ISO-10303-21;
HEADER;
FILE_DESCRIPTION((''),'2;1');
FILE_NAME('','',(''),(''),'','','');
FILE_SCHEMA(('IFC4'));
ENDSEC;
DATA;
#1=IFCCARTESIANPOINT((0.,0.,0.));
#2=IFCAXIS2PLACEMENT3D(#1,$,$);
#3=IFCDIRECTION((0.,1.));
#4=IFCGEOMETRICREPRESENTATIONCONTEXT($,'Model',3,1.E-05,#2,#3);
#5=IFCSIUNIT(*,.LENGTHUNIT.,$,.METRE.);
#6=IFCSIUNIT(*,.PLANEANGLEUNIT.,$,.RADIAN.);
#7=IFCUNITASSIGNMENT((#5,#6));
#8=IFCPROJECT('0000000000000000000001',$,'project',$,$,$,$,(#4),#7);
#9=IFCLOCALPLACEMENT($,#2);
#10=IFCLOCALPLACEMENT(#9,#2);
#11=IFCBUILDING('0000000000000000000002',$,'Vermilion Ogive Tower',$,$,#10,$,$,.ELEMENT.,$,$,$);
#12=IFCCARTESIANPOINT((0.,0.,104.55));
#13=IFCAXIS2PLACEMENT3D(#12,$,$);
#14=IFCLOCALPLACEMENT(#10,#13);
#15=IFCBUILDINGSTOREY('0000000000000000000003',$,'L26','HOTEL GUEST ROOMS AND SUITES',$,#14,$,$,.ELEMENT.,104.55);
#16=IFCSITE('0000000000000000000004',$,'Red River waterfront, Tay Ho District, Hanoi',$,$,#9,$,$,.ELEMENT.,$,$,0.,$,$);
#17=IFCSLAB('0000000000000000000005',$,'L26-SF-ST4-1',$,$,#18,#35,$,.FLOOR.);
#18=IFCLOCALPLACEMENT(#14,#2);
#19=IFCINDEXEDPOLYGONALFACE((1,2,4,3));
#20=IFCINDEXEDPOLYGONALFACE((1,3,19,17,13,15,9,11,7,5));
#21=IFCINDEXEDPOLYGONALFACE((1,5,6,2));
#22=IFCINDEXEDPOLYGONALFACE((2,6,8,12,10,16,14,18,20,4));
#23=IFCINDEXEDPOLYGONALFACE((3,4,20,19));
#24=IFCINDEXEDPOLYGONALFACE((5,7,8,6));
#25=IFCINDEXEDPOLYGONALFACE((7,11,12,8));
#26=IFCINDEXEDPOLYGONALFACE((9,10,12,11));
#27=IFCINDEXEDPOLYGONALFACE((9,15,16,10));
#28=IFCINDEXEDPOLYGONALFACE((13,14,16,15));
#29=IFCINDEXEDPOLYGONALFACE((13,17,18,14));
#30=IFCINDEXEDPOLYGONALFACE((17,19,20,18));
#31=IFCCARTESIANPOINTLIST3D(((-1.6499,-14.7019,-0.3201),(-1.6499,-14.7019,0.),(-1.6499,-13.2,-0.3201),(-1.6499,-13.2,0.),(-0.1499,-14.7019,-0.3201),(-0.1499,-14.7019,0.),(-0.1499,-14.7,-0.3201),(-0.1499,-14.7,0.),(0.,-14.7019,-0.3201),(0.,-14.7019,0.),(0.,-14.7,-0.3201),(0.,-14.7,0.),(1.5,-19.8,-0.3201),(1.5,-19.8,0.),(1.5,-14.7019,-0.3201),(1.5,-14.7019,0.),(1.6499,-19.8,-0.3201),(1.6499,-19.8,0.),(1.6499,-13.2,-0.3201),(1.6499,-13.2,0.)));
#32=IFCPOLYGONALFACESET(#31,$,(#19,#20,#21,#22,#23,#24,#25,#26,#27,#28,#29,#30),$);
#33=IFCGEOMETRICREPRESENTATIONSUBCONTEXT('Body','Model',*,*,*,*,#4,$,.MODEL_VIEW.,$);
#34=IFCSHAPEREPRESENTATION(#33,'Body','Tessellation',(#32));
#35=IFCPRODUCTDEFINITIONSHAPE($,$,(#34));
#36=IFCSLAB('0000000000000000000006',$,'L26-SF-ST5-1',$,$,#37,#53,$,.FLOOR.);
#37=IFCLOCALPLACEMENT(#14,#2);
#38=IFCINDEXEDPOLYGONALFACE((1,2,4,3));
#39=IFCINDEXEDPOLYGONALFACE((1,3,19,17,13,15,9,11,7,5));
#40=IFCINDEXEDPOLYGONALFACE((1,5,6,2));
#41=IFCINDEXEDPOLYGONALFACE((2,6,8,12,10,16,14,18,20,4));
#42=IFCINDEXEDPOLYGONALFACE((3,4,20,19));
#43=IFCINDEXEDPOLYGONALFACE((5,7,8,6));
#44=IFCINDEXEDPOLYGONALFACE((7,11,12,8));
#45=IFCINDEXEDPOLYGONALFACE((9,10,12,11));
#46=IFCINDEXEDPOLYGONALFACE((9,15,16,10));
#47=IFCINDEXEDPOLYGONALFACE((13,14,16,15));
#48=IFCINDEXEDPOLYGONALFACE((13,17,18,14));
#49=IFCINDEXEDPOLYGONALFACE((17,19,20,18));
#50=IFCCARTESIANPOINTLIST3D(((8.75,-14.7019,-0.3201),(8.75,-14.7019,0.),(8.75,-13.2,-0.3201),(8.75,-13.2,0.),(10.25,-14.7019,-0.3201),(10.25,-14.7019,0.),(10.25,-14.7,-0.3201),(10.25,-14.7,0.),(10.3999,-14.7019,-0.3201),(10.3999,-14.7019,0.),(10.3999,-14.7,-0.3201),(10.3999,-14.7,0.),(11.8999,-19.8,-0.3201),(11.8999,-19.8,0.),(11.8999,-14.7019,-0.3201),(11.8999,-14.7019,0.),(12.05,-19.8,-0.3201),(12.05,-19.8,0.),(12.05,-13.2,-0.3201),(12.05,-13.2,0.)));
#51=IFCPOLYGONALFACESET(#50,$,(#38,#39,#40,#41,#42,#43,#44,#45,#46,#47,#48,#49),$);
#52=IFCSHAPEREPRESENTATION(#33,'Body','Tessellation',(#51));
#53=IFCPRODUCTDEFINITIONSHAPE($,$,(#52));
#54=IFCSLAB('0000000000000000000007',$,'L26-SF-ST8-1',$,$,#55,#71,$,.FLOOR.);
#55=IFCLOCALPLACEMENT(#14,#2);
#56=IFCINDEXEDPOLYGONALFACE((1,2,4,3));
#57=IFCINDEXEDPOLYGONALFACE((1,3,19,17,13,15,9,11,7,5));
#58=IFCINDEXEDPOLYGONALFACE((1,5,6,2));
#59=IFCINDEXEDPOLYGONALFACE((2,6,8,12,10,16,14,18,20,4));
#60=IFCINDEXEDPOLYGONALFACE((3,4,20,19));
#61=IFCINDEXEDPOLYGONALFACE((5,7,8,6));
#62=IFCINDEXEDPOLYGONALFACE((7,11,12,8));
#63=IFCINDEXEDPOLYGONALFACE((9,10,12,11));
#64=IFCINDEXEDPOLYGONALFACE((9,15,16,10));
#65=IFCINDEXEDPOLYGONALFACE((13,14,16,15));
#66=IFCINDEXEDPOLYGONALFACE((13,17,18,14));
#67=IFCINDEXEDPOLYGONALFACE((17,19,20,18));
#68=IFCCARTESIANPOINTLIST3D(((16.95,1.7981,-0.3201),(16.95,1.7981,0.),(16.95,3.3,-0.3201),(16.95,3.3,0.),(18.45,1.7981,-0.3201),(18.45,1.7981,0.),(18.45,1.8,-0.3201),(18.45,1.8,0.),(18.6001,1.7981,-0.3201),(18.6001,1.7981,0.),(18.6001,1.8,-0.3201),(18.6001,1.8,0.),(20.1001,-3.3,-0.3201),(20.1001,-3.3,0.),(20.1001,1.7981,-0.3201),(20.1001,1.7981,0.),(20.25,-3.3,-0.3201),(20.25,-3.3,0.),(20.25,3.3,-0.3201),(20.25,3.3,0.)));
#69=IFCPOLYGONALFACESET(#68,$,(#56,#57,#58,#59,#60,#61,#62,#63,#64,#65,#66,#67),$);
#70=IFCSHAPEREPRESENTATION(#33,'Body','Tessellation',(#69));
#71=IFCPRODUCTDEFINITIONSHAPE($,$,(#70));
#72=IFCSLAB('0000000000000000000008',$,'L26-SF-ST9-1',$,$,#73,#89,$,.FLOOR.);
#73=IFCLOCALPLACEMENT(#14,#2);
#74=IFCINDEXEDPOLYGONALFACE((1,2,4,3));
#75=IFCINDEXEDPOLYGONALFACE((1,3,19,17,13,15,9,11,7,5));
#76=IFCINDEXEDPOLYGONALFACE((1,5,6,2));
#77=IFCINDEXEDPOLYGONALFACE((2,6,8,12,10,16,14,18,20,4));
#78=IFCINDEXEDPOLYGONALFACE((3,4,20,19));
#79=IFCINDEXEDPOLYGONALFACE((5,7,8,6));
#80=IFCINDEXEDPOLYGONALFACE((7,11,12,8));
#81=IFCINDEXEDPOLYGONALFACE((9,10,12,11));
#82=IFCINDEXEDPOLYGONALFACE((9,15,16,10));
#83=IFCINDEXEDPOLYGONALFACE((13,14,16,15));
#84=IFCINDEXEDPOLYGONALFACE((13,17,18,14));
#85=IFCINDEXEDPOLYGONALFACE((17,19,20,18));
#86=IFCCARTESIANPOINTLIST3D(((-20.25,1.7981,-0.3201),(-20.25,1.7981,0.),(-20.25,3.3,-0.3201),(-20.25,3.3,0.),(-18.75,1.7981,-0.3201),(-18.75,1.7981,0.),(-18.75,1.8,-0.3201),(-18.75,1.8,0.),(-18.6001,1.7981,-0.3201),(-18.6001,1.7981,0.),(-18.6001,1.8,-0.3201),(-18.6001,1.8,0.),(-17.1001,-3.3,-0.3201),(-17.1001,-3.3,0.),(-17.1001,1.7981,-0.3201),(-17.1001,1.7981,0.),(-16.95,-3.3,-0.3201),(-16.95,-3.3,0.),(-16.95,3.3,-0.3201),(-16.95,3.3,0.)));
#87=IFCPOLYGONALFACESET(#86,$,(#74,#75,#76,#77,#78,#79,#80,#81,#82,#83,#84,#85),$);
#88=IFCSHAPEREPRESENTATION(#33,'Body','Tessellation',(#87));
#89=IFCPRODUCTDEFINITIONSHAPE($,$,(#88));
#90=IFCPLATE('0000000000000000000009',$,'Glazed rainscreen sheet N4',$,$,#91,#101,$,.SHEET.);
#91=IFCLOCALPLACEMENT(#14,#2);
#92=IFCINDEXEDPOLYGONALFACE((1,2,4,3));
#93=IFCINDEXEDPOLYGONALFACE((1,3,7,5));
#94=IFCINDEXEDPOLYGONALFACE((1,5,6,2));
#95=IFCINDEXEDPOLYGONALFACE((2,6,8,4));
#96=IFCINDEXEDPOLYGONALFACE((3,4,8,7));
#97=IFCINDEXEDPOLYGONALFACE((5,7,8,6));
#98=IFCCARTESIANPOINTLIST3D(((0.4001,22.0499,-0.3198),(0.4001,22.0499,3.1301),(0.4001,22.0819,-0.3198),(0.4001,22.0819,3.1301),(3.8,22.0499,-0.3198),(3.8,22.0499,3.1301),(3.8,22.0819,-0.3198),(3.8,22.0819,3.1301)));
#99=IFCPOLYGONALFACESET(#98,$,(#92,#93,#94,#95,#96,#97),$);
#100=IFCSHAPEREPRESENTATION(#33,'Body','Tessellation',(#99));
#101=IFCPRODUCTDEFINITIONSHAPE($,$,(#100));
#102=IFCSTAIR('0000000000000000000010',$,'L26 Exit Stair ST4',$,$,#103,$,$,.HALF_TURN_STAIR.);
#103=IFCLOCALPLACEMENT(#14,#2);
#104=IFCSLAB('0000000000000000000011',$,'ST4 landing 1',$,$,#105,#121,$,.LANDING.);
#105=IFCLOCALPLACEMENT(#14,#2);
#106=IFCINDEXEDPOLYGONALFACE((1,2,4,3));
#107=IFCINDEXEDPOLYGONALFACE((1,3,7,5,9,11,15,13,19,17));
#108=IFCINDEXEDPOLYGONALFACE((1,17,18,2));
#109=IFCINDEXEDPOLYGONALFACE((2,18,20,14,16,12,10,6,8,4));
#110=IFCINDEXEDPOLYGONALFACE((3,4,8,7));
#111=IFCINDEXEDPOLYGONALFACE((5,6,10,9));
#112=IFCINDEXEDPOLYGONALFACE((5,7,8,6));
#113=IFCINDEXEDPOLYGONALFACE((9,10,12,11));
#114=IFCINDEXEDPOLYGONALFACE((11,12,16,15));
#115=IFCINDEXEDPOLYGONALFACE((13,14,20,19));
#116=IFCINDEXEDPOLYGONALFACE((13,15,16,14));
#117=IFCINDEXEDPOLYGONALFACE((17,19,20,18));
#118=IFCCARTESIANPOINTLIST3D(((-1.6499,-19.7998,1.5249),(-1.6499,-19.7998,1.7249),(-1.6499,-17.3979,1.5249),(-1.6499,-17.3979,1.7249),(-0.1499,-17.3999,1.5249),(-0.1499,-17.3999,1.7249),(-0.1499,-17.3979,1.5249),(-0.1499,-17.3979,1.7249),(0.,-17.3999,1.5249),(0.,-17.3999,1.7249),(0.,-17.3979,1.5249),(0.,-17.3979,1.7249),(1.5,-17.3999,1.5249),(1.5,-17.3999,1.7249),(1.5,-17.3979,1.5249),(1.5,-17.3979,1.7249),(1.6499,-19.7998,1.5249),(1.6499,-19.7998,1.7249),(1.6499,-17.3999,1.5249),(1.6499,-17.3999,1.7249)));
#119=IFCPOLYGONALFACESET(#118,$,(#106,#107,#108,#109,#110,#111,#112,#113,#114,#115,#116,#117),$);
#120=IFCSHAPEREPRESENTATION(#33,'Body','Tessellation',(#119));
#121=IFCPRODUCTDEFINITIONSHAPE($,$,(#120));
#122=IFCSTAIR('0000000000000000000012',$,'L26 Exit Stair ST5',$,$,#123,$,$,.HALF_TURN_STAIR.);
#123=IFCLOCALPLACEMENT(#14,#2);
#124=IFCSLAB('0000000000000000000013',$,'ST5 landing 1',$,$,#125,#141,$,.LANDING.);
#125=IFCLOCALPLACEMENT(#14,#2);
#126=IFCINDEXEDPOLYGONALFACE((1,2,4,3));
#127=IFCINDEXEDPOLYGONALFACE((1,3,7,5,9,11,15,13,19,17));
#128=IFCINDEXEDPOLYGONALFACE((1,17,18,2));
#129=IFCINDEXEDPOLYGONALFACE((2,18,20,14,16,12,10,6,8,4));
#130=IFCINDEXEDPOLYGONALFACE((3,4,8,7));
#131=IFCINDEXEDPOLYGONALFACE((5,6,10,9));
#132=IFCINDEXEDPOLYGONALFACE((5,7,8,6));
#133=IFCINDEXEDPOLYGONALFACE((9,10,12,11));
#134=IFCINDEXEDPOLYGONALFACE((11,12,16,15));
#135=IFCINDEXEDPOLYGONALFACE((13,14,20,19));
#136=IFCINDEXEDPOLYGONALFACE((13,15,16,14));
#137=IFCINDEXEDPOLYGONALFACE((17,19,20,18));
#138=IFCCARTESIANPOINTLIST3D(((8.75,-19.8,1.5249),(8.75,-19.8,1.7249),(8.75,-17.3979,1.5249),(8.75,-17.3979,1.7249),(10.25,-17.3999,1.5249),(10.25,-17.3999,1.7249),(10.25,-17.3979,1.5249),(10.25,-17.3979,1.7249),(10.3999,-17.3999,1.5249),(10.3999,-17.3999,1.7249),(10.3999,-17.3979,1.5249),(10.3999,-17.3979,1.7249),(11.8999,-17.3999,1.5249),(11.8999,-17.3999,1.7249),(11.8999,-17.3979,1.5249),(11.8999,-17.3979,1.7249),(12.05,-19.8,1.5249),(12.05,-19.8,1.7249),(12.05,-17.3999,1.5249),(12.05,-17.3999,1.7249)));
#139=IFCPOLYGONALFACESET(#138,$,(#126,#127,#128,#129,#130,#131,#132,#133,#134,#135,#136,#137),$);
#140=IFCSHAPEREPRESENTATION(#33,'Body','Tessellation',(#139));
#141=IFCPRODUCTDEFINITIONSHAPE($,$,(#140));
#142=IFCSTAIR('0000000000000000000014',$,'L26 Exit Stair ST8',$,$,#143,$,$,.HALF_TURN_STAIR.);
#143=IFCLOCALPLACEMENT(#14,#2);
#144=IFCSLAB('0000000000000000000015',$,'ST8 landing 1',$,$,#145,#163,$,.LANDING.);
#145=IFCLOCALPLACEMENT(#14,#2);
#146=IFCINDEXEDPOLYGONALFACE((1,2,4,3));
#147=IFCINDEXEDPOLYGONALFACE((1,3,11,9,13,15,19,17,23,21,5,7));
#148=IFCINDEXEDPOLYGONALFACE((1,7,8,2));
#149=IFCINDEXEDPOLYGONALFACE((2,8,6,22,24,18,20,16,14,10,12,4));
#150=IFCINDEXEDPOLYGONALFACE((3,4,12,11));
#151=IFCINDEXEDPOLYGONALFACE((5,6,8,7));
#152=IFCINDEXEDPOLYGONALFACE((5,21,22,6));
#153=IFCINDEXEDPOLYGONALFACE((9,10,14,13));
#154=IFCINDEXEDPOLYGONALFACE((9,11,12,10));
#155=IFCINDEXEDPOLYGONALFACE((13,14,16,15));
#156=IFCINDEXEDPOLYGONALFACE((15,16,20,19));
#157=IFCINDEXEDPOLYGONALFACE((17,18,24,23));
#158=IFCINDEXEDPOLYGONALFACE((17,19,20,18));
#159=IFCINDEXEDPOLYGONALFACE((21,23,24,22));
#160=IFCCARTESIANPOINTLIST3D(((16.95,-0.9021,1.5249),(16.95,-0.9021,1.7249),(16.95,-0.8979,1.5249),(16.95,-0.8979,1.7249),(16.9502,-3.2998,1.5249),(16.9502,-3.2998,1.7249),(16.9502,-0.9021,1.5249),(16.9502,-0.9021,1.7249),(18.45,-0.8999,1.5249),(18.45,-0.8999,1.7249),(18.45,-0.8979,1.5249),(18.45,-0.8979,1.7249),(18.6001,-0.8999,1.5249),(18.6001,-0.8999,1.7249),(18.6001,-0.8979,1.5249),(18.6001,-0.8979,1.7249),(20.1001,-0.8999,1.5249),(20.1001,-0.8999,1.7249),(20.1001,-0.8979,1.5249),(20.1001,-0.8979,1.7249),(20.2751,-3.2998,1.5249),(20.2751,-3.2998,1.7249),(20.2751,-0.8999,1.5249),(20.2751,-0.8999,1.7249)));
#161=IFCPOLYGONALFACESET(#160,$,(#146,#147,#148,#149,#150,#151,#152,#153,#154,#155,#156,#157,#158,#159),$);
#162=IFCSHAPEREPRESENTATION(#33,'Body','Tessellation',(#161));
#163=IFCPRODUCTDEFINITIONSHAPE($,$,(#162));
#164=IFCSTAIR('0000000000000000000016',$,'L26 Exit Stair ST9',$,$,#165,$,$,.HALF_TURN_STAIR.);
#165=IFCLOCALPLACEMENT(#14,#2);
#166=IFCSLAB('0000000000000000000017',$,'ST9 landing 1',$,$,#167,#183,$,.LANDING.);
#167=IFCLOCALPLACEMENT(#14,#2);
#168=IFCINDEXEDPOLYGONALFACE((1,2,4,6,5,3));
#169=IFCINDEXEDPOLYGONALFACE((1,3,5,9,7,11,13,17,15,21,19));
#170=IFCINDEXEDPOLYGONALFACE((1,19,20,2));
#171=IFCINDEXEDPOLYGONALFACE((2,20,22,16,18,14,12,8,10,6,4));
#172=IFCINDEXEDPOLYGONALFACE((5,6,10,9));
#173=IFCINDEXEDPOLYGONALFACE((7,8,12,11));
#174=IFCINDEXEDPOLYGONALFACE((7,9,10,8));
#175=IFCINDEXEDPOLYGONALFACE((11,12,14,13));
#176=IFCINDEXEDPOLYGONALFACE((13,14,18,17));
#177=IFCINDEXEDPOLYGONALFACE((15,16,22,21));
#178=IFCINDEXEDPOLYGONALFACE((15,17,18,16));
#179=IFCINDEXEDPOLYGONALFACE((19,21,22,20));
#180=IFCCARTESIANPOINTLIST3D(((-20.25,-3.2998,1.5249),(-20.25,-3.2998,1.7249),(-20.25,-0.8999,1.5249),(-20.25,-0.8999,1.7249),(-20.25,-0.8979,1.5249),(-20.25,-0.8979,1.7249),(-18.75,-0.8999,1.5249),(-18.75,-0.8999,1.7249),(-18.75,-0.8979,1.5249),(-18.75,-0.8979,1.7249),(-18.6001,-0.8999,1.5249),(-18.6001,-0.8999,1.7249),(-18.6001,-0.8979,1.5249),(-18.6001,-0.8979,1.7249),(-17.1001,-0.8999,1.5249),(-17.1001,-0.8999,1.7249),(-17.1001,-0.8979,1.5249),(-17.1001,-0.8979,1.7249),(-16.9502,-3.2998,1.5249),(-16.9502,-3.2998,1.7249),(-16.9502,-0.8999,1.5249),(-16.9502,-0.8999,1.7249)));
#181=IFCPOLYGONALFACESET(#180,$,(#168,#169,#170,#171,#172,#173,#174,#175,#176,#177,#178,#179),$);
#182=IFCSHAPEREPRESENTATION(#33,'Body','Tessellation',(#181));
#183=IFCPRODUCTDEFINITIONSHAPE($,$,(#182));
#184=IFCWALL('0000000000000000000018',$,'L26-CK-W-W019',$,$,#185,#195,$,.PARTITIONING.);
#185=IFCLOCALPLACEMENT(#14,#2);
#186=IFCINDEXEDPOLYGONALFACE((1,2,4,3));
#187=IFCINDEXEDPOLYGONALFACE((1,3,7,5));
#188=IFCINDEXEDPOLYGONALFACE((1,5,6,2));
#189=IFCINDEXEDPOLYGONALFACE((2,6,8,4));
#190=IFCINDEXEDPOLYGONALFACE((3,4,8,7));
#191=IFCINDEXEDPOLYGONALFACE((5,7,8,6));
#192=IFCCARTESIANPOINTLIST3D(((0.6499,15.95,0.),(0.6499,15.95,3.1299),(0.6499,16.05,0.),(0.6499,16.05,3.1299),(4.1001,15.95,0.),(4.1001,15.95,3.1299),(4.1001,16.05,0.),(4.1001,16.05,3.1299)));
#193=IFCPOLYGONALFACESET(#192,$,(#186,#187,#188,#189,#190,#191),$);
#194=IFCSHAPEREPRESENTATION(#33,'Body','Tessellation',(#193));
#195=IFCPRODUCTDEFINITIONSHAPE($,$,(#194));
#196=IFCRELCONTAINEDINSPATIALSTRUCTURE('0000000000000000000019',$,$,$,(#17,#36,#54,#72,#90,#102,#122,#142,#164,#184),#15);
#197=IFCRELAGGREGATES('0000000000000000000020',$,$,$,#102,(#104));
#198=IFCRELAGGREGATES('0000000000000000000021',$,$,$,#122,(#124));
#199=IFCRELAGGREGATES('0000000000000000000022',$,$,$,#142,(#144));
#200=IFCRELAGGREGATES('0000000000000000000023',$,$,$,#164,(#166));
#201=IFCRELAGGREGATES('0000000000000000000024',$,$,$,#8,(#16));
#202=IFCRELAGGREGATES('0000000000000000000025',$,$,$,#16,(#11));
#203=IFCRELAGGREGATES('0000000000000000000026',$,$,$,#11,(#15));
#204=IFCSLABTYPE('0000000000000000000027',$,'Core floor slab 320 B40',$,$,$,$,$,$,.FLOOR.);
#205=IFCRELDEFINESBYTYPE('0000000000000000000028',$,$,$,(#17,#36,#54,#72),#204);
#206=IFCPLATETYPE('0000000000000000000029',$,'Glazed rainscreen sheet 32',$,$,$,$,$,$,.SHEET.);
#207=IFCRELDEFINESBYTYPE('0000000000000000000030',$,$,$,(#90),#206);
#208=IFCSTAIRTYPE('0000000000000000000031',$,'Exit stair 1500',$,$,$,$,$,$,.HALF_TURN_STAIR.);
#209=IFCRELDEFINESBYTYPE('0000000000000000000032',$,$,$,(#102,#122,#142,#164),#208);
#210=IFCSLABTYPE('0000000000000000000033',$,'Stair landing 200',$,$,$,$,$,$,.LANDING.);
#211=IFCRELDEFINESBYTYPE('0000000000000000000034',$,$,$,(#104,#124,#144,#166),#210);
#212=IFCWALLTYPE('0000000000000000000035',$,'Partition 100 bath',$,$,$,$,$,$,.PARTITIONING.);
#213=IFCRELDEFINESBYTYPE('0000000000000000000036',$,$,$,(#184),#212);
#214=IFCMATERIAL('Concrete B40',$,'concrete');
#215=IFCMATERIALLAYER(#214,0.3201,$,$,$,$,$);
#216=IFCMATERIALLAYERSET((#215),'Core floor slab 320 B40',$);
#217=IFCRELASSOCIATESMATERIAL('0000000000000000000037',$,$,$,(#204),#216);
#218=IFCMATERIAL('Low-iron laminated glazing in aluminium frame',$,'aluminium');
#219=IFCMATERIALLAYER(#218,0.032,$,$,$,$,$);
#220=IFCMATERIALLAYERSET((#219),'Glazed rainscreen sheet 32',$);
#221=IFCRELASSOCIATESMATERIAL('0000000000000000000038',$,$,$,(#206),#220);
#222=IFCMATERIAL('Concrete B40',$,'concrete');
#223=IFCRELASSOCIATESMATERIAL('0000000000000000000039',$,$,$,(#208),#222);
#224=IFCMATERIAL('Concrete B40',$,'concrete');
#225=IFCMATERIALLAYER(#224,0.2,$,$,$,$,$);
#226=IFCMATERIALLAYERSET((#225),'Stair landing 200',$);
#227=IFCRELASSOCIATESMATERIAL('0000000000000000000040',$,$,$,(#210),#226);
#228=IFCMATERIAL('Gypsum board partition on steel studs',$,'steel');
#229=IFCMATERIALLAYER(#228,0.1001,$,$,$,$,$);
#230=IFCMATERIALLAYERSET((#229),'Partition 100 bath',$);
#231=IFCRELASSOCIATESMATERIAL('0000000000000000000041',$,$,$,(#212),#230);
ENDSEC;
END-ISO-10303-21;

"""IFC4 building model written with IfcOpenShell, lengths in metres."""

from ifc_helpers import new_model, si_unit, direction, frame, frame_2d, origin, origin_2d, place, context, subcontext, project, spatial, polyline, rectangle, outline, extrude, material, layer, layer_set, type_object, element, aggregate, save


model = new_model("IFC4")

# Units and contexts
model_context = context("Model", 3, precision=1e-05, world=origin(), true_north=direction((0.0, 1.0)))
body_context = subcontext(model_context, "Body", "Model", "MODEL_VIEW")
ifc_project = project(units=[si_unit("LENGTHUNIT", "METRE"), si_unit("PLANEANGLEUNIT", "RADIAN")], contexts=[model_context])

# Site, building, storey
site_placement = place(None, origin())
site = spatial("IfcSite", under=ifc_project, at=site_placement, Name="Red River waterfront, Tay Ho District, Hanoi", CompositionType="ELEMENT", RefElevation=0.0)
building_placement = place(site_placement, origin())
building = spatial("IfcBuilding", under=site, at=building_placement, Name="Vermilion Ogive Tower", CompositionType="ELEMENT")
storey_placement = place(building_placement, frame((0.0, 0.0, 104.55)))
storey = spatial("IfcBuildingStorey", under=building, at=storey_placement, Name="L26", Description="HOTEL GUEST ROOMS AND SUITES", CompositionType="ELEMENT", Elevation=104.55)

# Slabs
ifc_material_1 = material(Name="Concrete B40", Category="concrete")
ifc_layer_1 = layer(ifc_material_1, 0.3201)
ifc_layer_set_1 = layer_set([ifc_layer_1], Name="Core floor slab 320 B40")
slab_type_1 = type_object("IfcSlabType", Name="Core floor slab 320 B40", PredefinedType="FLOOR", material=ifc_layer_set_1)
slab_1_placement = place(storey_placement, frame((0.0, 0.0, -0.3201)))
element("IfcSlab", 1, at=slab_1_placement, inside=storey, type_object=slab_type_1, Name="L26-SF-ST4-1", PredefinedType="FLOOR", context=body_context, shape_type="SweptSolid", body=[
    extrude(outline(polyline([(-1.6499, -13.2), (-1.6499, -14.7019), (-0.1499, -14.7019), (-0.1499, -14.7), (0.0, -14.7), (0.0, -14.7019), (1.5, -14.7019), (1.5, -19.8), (1.6499, -19.8), (1.6499, -13.2), (-1.6499, -13.2)])), origin(), (0.0, 0.0, 1.0), 0.3201),
])
slab_2_placement = place(storey_placement, frame((0.0, 0.0, -0.3201)))
element("IfcSlab", 2, at=slab_2_placement, inside=storey, type_object=slab_type_1, Name="L26-SF-ST5-1", PredefinedType="FLOOR", context=body_context, shape_type="SweptSolid", body=[
    extrude(outline(polyline([(8.75, -13.2), (8.75, -14.7019), (10.25, -14.7019), (10.25, -14.7), (10.3999, -14.7), (10.3999, -14.7019), (11.8999, -14.7019), (11.8999, -19.8), (12.05, -19.8), (12.05, -13.2), (8.75, -13.2)])), origin(), (0.0, 0.0, 1.0), 0.3201),
])
slab_3_placement = place(storey_placement, frame((0.0, 0.0, -0.3201)))
element("IfcSlab", 3, at=slab_3_placement, inside=storey, type_object=slab_type_1, Name="L26-SF-ST8-1", PredefinedType="FLOOR", context=body_context, shape_type="SweptSolid", body=[
    extrude(outline(polyline([(16.95, 3.3), (16.95, 1.7981), (18.45, 1.7981), (18.45, 1.8), (18.6001, 1.8), (18.6001, 1.7981), (20.1001, 1.7981), (20.1001, -3.3), (20.25, -3.3), (20.25, 3.3), (16.95, 3.3)])), origin(), (0.0, 0.0, 1.0), 0.3201),
])
slab_4_placement = place(storey_placement, frame((0.0, 0.0, -0.3201)))
element("IfcSlab", 4, at=slab_4_placement, inside=storey, type_object=slab_type_1, Name="L26-SF-ST9-1", PredefinedType="FLOOR", context=body_context, shape_type="SweptSolid", body=[
    extrude(outline(polyline([(-20.25, 3.3), (-20.25, 1.7981), (-18.75, 1.7981), (-18.75, 1.8), (-18.6001, 1.8), (-18.6001, 1.7981), (-17.1001, 1.7981), (-17.1001, -3.3), (-16.95, -3.3), (-16.95, 3.3), (-20.25, 3.3)])), origin(), (0.0, 0.0, 1.0), 0.3201),
])

# Plate
ifc_material_2 = material(Name="Low-iron laminated glazing in aluminium frame", Category="aluminium")
ifc_layer_2 = layer(ifc_material_2, 0.032)
ifc_layer_set_2 = layer_set([ifc_layer_2], Name="Glazed rainscreen sheet 32")
plate_type = type_object("IfcPlateType", Name="Glazed rainscreen sheet 32", PredefinedType="SHEET", material=ifc_layer_set_2)
plate_placement = place(storey_placement, frame((2.1001, 22.0659, -0.3198), z_axis=(0.0, 0.0, 1.0), x_axis=(1.0, 0.0, 0.0)))
element("IfcPlate", 5, at=plate_placement, inside=storey, type_object=plate_type, Name="Glazed rainscreen sheet N4", PredefinedType="SHEET", context=body_context, shape_type="SweptSolid", body=[
    extrude(rectangle(XDim=3.3999, YDim=0.032, at=origin_2d()), origin(), (0.0, 0.0, 1.0), 3.45),
])

# Stairs, slabs
ifc_material_3 = material(Name="Concrete B40", Category="concrete")
stair_type = type_object("IfcStairType", Name="Exit stair 1500", PredefinedType="HALF_TURN_STAIR", material=ifc_material_3)
stair_1_placement = place(storey_placement, origin())
stair_1 = element("IfcStair", 6, at=stair_1_placement, inside=storey, type_object=stair_type, Name="L26 Exit Stair ST4", PredefinedType="HALF_TURN_STAIR")
ifc_material_4 = material(Name="Concrete B40", Category="concrete")
ifc_layer_3 = layer(ifc_material_4, 0.2)
ifc_layer_set_3 = layer_set([ifc_layer_3], Name="Stair landing 200")
slab_type_2 = type_object("IfcSlabType", Name="Stair landing 200", PredefinedType="LANDING", material=ifc_layer_set_3)
slab_5_placement = place(storey_placement, frame((0.0, 0.0, 1.5249)))
slab_5 = element("IfcSlab", 7, at=slab_5_placement, type_object=slab_type_2, Name="ST4 landing 1", PredefinedType="LANDING", context=body_context, shape_type="SweptSolid", body=[
    extrude(outline(polyline([(1.6499, -17.3999), (1.5, -17.3999), (1.5, -17.3979), (0.0, -17.3979), (0.0, -17.3999), (-0.1499, -17.3999), (-0.1499, -17.3979), (-1.6499, -17.3979), (-1.6499, -19.7998), (1.6499, -19.7998), (1.6499, -17.3999)])), origin(), (0.0, 0.0, 1.0), 0.2),
])
aggregate(stair_1, [slab_5])
stair_2_placement = place(storey_placement, origin())
stair_2 = element("IfcStair", 8, at=stair_2_placement, inside=storey, type_object=stair_type, Name="L26 Exit Stair ST5", PredefinedType="HALF_TURN_STAIR")
slab_6_placement = place(storey_placement, frame((0.0, 0.0, 1.5249)))
slab_6 = element("IfcSlab", 9, at=slab_6_placement, type_object=slab_type_2, Name="ST5 landing 1", PredefinedType="LANDING", context=body_context, shape_type="SweptSolid", body=[
    extrude(outline(polyline([(12.05, -17.3999), (11.8999, -17.3999), (11.8999, -17.3979), (10.3999, -17.3979), (10.3999, -17.3999), (10.25, -17.3999), (10.25, -17.3979), (8.75, -17.3979), (8.75, -19.8), (12.05, -19.8), (12.05, -17.3999)])), origin(), (0.0, 0.0, 1.0), 0.2),
])
aggregate(stair_2, [slab_6])
stair_3_placement = place(storey_placement, origin())
stair_3 = element("IfcStair", 10, at=stair_3_placement, inside=storey, type_object=stair_type, Name="L26 Exit Stair ST8", PredefinedType="HALF_TURN_STAIR")
slab_7_placement = place(storey_placement, frame((0.0, 0.0, 1.5249)))
slab_7 = element("IfcSlab", 11, at=slab_7_placement, type_object=slab_type_2, Name="ST8 landing 1", PredefinedType="LANDING", context=body_context, shape_type="SweptSolid", body=[
    extrude(outline(polyline([(20.2751, -0.8999), (20.1001, -0.8999), (20.1001, -0.8979), (18.6001, -0.8979), (18.6001, -0.8999), (18.45, -0.8999), (18.45, -0.8979), (16.95, -0.8979), (16.95, -0.9021), (16.9502, -0.9021), (16.9502, -3.2998), (20.2751, -3.2998), (20.2751, -0.8999)])), origin(), (0.0, 0.0, 1.0), 0.2),
])
aggregate(stair_3, [slab_7])
stair_4_placement = place(storey_placement, origin())
stair_4 = element("IfcStair", 12, at=stair_4_placement, inside=storey, type_object=stair_type, Name="L26 Exit Stair ST9", PredefinedType="HALF_TURN_STAIR")
slab_8_placement = place(storey_placement, frame((0.0, 0.0, 1.5249)))
slab_8 = element("IfcSlab", 13, at=slab_8_placement, type_object=slab_type_2, Name="ST9 landing 1", PredefinedType="LANDING", context=body_context, shape_type="SweptSolid", body=[
    extrude(outline(polyline([(-16.9502, -0.8999), (-17.1001, -0.8999), (-17.1001, -0.8979), (-18.6001, -0.8979), (-18.6001, -0.8999), (-18.75, -0.8999), (-18.75, -0.8979), (-20.25, -0.8979), (-20.25, -0.8999), (-20.25, -0.8999), (-20.25, -3.2998), (-16.9502, -3.2998), (-16.9502, -0.8999)])), origin(), (0.0, 0.0, 1.0), 0.2),
])
aggregate(stair_4, [slab_8])

# Wall
ifc_material_5 = material(Name="Gypsum board partition on steel studs", Category="steel")
ifc_layer_4 = layer(ifc_material_5, 0.1001)
ifc_layer_set_4 = layer_set([ifc_layer_4], Name="Partition 100 bath")
wall_type_1 = type_object("IfcWallType", Name="Partition 100 bath", PredefinedType="PARTITIONING", material=ifc_layer_set_4)
wall_1_placement = place(storey_placement, frame((0.6499, 16.0, 0.0), z_axis=(0.0, 0.0, 1.0), x_axis=(1.0, 0.0, 0.0)))
element("IfcWall", 14, at=wall_1_placement, inside=storey, type_object=wall_type_1, Name="L26-CK-W-W019", PredefinedType="PARTITIONING", context=body_context, shape_type="SweptSolid", body=[
    extrude(rectangle(XDim=3.4502, YDim=0.1001, at=frame_2d((1.7251, 0.0))), origin(), (0.0, 0.0, 1.0), 3.1299),
])

save(model, "model.ifc")
